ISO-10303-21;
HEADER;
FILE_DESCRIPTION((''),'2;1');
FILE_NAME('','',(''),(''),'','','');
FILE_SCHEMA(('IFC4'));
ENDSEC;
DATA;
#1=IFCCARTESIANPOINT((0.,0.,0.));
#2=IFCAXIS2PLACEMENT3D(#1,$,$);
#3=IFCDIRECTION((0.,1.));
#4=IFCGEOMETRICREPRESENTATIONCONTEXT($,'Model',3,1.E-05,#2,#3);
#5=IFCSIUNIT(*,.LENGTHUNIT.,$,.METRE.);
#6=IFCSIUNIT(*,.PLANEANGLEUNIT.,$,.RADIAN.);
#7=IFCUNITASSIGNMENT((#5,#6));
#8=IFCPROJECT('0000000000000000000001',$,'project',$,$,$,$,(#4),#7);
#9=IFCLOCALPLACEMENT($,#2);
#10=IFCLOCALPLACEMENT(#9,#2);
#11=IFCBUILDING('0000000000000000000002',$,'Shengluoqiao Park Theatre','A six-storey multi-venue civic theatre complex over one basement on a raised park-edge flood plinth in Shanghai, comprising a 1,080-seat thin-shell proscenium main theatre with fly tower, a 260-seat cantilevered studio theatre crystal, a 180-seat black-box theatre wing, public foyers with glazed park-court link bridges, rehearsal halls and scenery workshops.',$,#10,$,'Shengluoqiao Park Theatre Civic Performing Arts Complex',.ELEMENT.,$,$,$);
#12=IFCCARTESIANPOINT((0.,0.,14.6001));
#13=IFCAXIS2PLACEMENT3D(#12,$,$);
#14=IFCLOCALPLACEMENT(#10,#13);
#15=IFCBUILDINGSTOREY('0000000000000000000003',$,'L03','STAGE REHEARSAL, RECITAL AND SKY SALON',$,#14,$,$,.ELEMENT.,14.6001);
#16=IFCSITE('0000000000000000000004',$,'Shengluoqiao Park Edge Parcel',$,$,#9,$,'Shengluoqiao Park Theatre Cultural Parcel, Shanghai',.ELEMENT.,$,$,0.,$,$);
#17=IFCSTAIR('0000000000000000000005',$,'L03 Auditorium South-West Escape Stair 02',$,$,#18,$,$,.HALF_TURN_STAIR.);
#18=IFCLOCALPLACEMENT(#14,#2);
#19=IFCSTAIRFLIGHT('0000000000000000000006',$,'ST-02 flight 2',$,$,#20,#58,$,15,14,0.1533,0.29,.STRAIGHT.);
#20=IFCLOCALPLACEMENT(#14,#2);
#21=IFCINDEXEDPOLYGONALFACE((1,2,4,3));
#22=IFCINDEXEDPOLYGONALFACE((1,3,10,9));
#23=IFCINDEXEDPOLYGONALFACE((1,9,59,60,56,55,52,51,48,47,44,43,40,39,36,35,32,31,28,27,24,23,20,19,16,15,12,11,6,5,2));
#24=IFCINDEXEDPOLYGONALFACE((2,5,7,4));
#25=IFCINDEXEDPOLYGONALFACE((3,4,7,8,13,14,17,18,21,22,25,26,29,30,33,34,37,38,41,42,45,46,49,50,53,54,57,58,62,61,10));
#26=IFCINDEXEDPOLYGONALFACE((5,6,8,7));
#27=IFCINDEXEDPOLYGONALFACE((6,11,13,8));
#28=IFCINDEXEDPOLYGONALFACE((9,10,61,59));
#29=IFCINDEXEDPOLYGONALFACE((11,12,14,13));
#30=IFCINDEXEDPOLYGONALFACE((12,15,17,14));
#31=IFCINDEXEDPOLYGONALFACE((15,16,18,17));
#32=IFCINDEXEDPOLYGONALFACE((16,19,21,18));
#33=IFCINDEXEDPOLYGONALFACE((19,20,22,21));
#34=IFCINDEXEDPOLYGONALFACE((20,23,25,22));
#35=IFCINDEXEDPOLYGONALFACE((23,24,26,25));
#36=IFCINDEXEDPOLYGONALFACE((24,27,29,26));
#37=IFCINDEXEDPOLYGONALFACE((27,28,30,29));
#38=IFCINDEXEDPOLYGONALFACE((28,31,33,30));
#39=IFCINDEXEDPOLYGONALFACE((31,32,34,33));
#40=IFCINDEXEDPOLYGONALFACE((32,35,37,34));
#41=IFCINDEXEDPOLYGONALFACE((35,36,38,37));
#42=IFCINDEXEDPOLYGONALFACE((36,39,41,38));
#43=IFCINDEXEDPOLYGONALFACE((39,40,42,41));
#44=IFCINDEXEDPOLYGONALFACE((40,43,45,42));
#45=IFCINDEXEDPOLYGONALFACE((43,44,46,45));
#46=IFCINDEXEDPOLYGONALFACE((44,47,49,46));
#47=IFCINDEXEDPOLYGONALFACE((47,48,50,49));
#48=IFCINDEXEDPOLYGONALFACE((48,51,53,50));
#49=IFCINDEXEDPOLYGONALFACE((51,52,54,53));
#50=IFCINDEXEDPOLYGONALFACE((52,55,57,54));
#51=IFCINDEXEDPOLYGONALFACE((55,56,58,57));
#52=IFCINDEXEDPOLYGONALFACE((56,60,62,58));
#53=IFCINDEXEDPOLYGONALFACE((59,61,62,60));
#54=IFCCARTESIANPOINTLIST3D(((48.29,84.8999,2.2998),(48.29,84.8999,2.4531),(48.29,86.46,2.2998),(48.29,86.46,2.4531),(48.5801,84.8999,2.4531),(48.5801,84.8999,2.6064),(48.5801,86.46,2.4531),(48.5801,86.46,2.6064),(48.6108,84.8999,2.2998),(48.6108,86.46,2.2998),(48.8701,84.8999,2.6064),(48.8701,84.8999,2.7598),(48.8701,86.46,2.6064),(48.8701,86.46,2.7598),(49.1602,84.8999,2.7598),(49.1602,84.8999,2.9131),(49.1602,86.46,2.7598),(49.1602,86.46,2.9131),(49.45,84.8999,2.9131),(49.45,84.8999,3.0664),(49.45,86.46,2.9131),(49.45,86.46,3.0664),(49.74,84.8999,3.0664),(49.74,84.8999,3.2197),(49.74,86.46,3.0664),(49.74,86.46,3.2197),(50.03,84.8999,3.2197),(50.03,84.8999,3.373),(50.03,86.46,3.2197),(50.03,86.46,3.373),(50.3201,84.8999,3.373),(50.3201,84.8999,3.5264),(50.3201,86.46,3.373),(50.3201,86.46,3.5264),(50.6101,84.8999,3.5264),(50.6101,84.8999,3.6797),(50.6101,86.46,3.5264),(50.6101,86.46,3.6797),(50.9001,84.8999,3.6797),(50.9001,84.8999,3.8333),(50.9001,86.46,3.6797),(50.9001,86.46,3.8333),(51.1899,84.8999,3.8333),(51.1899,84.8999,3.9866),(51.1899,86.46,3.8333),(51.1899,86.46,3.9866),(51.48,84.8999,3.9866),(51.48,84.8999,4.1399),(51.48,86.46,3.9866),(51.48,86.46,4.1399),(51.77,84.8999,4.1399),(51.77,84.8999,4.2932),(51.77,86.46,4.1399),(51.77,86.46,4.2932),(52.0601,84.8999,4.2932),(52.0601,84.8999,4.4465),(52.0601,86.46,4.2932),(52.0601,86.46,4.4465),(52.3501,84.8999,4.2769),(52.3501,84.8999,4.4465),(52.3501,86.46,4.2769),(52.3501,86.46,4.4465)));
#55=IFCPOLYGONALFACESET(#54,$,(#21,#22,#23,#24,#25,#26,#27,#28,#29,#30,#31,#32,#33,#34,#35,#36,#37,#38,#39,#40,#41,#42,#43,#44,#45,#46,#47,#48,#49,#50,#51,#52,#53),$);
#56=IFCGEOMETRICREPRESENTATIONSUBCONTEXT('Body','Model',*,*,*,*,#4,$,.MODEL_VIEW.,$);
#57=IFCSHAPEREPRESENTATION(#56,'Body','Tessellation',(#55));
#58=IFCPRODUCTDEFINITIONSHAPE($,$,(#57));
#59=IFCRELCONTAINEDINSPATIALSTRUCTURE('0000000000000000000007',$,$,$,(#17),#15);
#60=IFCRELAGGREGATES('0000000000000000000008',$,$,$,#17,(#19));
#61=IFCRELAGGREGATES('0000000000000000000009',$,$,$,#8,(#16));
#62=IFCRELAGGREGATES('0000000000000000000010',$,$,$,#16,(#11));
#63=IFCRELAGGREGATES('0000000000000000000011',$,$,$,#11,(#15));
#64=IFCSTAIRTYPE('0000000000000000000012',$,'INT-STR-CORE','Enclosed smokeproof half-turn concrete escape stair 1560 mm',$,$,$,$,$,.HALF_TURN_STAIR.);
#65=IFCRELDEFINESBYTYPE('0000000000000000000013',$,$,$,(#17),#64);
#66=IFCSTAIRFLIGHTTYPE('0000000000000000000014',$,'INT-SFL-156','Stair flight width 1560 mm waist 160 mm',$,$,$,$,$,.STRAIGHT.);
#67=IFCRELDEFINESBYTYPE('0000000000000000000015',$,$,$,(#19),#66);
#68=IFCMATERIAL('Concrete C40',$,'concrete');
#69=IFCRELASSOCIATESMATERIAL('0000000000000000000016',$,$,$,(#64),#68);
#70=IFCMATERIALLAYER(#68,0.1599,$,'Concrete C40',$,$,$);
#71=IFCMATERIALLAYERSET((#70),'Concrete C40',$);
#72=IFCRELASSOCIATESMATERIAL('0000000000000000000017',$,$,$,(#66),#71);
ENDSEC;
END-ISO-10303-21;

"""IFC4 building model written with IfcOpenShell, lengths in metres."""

from ifc_helpers import new_model, si_unit, direction, frame, origin, place, context, subcontext, project, spatial, polyline, outline, extrude, material, layer, layer_set, type_object, element, aggregate, save


model = new_model("IFC4")

# Units and contexts
model_context = context("Model", 3, precision=1e-05, world=origin(), true_north=direction((0.0, 1.0)))
body_context = subcontext(model_context, "Body", "Model", "MODEL_VIEW")
ifc_project = project(units=[si_unit("LENGTHUNIT", "METRE"), si_unit("PLANEANGLEUNIT", "RADIAN")], contexts=[model_context])

# Site, building, storey
site_placement = place(None, origin())
site = spatial("IfcSite", under=ifc_project, at=site_placement, Name="Shengluoqiao Park Edge Parcel", LongName="Shengluoqiao Park Theatre Cultural Parcel, Shanghai", CompositionType="ELEMENT", RefElevation=0.0)
building_placement = place(site_placement, origin())
building = spatial("IfcBuilding", under=site, at=building_placement, Name="Shengluoqiao Park Theatre", Description="A six-storey multi-venue civic theatre complex over one basement on a raised park-edge flood plinth in Shanghai, comprising a 1,080-seat thin-shell proscenium main theatre with fly tower, a 260-seat cantilevered studio theatre crystal, a 180-seat black-box theatre wing, public foyers with glazed park-court link bridges, rehearsal halls and scenery workshops.", LongName="Shengluoqiao Park Theatre Civic Performing Arts Complex", CompositionType="ELEMENT")
storey_placement = place(building_placement, frame((0.0, 0.0, 14.6001)))
storey = spatial("IfcBuildingStorey", under=building, at=storey_placement, Name="L03", Description="STAGE REHEARSAL, RECITAL AND SKY SALON", CompositionType="ELEMENT", Elevation=14.6001)

# Shared definitions
ifc_material_1 = material(Name="Concrete C40", Category="concrete")

# Stair, stair flight
stair_type = type_object("IfcStairType", Name="INT-STR-CORE", Description="Enclosed smokeproof half-turn concrete escape stair 1560 mm", PredefinedType="HALF_TURN_STAIR", material=ifc_material_1)
stair_placement = place(storey_placement, origin())
stair = element("IfcStair", 1, at=stair_placement, inside=storey, type_object=stair_type, Name="L03 Auditorium South-West Escape Stair 02", PredefinedType="HALF_TURN_STAIR")
ifc_layer_1 = layer(ifc_material_1, 0.1599, Name="Concrete C40")
ifc_layer_set_1 = layer_set([ifc_layer_1], Name="Concrete C40")
stair_flight_type = type_object("IfcStairFlightType", Name="INT-SFL-156", Description="Stair flight width 1560 mm waist 160 mm", PredefinedType="STRAIGHT", material=ifc_layer_set_1)
stair_flight_1_placement = place(storey_placement, frame((48.29, 85.6799, 2.2998), z_axis=(0.0, 0.0, 1.0), x_axis=(1.0, 0.0, 0.0)))
stair_flight_1 = element("IfcStairFlight", 2, at=stair_flight_1_placement, type_object=stair_flight_type, Name="ST-02 flight 2", NumberOfRisers=15, NumberOfTreads=14, PredefinedType="STRAIGHT", RiserHeight=0.1533, TreadLength=0.29, context=body_context, shape_type="SweptSolid", body=[
    extrude(outline(polyline([(0.0, 0.0), (0.0, 0.1533), (0.29, 0.1533), (0.29, 0.3066), (0.5801, 0.3066), (0.5801, 0.46), (0.8701, 0.46), (0.8701, 0.6133), (1.1599, 0.6133), (1.1599, 0.7666), (1.45, 0.7666), (1.45, 0.9199), (1.74, 0.9199), (1.74, 1.0732), (2.03, 1.0732), (2.03, 1.2266), (2.3201, 1.2266), (2.3201, 1.3799), (2.6101, 1.3799), (2.6101, 1.5334), (2.8999, 1.5334), (2.8999, 1.6868), (3.1899, 1.6868), (3.1899, 1.8401), (3.48, 1.8401), (3.48, 1.9934), (3.77, 1.9934), (3.77, 2.1467), (4.0601, 2.1467), (4.0601, 2.3), (4.0601, 1.9771), (0.3208, 0.0), (0.0, 0.0)])), frame((0.0, 0.78, 0.0), z_axis=(0.0, -1.0, 0.0), x_axis=(1.0, 0.0, 0.0)), (0.0, 0.0, 1.0), 1.5601),
])
aggregate(stair, [stair_flight_1])

save(model, "model.ifc")
